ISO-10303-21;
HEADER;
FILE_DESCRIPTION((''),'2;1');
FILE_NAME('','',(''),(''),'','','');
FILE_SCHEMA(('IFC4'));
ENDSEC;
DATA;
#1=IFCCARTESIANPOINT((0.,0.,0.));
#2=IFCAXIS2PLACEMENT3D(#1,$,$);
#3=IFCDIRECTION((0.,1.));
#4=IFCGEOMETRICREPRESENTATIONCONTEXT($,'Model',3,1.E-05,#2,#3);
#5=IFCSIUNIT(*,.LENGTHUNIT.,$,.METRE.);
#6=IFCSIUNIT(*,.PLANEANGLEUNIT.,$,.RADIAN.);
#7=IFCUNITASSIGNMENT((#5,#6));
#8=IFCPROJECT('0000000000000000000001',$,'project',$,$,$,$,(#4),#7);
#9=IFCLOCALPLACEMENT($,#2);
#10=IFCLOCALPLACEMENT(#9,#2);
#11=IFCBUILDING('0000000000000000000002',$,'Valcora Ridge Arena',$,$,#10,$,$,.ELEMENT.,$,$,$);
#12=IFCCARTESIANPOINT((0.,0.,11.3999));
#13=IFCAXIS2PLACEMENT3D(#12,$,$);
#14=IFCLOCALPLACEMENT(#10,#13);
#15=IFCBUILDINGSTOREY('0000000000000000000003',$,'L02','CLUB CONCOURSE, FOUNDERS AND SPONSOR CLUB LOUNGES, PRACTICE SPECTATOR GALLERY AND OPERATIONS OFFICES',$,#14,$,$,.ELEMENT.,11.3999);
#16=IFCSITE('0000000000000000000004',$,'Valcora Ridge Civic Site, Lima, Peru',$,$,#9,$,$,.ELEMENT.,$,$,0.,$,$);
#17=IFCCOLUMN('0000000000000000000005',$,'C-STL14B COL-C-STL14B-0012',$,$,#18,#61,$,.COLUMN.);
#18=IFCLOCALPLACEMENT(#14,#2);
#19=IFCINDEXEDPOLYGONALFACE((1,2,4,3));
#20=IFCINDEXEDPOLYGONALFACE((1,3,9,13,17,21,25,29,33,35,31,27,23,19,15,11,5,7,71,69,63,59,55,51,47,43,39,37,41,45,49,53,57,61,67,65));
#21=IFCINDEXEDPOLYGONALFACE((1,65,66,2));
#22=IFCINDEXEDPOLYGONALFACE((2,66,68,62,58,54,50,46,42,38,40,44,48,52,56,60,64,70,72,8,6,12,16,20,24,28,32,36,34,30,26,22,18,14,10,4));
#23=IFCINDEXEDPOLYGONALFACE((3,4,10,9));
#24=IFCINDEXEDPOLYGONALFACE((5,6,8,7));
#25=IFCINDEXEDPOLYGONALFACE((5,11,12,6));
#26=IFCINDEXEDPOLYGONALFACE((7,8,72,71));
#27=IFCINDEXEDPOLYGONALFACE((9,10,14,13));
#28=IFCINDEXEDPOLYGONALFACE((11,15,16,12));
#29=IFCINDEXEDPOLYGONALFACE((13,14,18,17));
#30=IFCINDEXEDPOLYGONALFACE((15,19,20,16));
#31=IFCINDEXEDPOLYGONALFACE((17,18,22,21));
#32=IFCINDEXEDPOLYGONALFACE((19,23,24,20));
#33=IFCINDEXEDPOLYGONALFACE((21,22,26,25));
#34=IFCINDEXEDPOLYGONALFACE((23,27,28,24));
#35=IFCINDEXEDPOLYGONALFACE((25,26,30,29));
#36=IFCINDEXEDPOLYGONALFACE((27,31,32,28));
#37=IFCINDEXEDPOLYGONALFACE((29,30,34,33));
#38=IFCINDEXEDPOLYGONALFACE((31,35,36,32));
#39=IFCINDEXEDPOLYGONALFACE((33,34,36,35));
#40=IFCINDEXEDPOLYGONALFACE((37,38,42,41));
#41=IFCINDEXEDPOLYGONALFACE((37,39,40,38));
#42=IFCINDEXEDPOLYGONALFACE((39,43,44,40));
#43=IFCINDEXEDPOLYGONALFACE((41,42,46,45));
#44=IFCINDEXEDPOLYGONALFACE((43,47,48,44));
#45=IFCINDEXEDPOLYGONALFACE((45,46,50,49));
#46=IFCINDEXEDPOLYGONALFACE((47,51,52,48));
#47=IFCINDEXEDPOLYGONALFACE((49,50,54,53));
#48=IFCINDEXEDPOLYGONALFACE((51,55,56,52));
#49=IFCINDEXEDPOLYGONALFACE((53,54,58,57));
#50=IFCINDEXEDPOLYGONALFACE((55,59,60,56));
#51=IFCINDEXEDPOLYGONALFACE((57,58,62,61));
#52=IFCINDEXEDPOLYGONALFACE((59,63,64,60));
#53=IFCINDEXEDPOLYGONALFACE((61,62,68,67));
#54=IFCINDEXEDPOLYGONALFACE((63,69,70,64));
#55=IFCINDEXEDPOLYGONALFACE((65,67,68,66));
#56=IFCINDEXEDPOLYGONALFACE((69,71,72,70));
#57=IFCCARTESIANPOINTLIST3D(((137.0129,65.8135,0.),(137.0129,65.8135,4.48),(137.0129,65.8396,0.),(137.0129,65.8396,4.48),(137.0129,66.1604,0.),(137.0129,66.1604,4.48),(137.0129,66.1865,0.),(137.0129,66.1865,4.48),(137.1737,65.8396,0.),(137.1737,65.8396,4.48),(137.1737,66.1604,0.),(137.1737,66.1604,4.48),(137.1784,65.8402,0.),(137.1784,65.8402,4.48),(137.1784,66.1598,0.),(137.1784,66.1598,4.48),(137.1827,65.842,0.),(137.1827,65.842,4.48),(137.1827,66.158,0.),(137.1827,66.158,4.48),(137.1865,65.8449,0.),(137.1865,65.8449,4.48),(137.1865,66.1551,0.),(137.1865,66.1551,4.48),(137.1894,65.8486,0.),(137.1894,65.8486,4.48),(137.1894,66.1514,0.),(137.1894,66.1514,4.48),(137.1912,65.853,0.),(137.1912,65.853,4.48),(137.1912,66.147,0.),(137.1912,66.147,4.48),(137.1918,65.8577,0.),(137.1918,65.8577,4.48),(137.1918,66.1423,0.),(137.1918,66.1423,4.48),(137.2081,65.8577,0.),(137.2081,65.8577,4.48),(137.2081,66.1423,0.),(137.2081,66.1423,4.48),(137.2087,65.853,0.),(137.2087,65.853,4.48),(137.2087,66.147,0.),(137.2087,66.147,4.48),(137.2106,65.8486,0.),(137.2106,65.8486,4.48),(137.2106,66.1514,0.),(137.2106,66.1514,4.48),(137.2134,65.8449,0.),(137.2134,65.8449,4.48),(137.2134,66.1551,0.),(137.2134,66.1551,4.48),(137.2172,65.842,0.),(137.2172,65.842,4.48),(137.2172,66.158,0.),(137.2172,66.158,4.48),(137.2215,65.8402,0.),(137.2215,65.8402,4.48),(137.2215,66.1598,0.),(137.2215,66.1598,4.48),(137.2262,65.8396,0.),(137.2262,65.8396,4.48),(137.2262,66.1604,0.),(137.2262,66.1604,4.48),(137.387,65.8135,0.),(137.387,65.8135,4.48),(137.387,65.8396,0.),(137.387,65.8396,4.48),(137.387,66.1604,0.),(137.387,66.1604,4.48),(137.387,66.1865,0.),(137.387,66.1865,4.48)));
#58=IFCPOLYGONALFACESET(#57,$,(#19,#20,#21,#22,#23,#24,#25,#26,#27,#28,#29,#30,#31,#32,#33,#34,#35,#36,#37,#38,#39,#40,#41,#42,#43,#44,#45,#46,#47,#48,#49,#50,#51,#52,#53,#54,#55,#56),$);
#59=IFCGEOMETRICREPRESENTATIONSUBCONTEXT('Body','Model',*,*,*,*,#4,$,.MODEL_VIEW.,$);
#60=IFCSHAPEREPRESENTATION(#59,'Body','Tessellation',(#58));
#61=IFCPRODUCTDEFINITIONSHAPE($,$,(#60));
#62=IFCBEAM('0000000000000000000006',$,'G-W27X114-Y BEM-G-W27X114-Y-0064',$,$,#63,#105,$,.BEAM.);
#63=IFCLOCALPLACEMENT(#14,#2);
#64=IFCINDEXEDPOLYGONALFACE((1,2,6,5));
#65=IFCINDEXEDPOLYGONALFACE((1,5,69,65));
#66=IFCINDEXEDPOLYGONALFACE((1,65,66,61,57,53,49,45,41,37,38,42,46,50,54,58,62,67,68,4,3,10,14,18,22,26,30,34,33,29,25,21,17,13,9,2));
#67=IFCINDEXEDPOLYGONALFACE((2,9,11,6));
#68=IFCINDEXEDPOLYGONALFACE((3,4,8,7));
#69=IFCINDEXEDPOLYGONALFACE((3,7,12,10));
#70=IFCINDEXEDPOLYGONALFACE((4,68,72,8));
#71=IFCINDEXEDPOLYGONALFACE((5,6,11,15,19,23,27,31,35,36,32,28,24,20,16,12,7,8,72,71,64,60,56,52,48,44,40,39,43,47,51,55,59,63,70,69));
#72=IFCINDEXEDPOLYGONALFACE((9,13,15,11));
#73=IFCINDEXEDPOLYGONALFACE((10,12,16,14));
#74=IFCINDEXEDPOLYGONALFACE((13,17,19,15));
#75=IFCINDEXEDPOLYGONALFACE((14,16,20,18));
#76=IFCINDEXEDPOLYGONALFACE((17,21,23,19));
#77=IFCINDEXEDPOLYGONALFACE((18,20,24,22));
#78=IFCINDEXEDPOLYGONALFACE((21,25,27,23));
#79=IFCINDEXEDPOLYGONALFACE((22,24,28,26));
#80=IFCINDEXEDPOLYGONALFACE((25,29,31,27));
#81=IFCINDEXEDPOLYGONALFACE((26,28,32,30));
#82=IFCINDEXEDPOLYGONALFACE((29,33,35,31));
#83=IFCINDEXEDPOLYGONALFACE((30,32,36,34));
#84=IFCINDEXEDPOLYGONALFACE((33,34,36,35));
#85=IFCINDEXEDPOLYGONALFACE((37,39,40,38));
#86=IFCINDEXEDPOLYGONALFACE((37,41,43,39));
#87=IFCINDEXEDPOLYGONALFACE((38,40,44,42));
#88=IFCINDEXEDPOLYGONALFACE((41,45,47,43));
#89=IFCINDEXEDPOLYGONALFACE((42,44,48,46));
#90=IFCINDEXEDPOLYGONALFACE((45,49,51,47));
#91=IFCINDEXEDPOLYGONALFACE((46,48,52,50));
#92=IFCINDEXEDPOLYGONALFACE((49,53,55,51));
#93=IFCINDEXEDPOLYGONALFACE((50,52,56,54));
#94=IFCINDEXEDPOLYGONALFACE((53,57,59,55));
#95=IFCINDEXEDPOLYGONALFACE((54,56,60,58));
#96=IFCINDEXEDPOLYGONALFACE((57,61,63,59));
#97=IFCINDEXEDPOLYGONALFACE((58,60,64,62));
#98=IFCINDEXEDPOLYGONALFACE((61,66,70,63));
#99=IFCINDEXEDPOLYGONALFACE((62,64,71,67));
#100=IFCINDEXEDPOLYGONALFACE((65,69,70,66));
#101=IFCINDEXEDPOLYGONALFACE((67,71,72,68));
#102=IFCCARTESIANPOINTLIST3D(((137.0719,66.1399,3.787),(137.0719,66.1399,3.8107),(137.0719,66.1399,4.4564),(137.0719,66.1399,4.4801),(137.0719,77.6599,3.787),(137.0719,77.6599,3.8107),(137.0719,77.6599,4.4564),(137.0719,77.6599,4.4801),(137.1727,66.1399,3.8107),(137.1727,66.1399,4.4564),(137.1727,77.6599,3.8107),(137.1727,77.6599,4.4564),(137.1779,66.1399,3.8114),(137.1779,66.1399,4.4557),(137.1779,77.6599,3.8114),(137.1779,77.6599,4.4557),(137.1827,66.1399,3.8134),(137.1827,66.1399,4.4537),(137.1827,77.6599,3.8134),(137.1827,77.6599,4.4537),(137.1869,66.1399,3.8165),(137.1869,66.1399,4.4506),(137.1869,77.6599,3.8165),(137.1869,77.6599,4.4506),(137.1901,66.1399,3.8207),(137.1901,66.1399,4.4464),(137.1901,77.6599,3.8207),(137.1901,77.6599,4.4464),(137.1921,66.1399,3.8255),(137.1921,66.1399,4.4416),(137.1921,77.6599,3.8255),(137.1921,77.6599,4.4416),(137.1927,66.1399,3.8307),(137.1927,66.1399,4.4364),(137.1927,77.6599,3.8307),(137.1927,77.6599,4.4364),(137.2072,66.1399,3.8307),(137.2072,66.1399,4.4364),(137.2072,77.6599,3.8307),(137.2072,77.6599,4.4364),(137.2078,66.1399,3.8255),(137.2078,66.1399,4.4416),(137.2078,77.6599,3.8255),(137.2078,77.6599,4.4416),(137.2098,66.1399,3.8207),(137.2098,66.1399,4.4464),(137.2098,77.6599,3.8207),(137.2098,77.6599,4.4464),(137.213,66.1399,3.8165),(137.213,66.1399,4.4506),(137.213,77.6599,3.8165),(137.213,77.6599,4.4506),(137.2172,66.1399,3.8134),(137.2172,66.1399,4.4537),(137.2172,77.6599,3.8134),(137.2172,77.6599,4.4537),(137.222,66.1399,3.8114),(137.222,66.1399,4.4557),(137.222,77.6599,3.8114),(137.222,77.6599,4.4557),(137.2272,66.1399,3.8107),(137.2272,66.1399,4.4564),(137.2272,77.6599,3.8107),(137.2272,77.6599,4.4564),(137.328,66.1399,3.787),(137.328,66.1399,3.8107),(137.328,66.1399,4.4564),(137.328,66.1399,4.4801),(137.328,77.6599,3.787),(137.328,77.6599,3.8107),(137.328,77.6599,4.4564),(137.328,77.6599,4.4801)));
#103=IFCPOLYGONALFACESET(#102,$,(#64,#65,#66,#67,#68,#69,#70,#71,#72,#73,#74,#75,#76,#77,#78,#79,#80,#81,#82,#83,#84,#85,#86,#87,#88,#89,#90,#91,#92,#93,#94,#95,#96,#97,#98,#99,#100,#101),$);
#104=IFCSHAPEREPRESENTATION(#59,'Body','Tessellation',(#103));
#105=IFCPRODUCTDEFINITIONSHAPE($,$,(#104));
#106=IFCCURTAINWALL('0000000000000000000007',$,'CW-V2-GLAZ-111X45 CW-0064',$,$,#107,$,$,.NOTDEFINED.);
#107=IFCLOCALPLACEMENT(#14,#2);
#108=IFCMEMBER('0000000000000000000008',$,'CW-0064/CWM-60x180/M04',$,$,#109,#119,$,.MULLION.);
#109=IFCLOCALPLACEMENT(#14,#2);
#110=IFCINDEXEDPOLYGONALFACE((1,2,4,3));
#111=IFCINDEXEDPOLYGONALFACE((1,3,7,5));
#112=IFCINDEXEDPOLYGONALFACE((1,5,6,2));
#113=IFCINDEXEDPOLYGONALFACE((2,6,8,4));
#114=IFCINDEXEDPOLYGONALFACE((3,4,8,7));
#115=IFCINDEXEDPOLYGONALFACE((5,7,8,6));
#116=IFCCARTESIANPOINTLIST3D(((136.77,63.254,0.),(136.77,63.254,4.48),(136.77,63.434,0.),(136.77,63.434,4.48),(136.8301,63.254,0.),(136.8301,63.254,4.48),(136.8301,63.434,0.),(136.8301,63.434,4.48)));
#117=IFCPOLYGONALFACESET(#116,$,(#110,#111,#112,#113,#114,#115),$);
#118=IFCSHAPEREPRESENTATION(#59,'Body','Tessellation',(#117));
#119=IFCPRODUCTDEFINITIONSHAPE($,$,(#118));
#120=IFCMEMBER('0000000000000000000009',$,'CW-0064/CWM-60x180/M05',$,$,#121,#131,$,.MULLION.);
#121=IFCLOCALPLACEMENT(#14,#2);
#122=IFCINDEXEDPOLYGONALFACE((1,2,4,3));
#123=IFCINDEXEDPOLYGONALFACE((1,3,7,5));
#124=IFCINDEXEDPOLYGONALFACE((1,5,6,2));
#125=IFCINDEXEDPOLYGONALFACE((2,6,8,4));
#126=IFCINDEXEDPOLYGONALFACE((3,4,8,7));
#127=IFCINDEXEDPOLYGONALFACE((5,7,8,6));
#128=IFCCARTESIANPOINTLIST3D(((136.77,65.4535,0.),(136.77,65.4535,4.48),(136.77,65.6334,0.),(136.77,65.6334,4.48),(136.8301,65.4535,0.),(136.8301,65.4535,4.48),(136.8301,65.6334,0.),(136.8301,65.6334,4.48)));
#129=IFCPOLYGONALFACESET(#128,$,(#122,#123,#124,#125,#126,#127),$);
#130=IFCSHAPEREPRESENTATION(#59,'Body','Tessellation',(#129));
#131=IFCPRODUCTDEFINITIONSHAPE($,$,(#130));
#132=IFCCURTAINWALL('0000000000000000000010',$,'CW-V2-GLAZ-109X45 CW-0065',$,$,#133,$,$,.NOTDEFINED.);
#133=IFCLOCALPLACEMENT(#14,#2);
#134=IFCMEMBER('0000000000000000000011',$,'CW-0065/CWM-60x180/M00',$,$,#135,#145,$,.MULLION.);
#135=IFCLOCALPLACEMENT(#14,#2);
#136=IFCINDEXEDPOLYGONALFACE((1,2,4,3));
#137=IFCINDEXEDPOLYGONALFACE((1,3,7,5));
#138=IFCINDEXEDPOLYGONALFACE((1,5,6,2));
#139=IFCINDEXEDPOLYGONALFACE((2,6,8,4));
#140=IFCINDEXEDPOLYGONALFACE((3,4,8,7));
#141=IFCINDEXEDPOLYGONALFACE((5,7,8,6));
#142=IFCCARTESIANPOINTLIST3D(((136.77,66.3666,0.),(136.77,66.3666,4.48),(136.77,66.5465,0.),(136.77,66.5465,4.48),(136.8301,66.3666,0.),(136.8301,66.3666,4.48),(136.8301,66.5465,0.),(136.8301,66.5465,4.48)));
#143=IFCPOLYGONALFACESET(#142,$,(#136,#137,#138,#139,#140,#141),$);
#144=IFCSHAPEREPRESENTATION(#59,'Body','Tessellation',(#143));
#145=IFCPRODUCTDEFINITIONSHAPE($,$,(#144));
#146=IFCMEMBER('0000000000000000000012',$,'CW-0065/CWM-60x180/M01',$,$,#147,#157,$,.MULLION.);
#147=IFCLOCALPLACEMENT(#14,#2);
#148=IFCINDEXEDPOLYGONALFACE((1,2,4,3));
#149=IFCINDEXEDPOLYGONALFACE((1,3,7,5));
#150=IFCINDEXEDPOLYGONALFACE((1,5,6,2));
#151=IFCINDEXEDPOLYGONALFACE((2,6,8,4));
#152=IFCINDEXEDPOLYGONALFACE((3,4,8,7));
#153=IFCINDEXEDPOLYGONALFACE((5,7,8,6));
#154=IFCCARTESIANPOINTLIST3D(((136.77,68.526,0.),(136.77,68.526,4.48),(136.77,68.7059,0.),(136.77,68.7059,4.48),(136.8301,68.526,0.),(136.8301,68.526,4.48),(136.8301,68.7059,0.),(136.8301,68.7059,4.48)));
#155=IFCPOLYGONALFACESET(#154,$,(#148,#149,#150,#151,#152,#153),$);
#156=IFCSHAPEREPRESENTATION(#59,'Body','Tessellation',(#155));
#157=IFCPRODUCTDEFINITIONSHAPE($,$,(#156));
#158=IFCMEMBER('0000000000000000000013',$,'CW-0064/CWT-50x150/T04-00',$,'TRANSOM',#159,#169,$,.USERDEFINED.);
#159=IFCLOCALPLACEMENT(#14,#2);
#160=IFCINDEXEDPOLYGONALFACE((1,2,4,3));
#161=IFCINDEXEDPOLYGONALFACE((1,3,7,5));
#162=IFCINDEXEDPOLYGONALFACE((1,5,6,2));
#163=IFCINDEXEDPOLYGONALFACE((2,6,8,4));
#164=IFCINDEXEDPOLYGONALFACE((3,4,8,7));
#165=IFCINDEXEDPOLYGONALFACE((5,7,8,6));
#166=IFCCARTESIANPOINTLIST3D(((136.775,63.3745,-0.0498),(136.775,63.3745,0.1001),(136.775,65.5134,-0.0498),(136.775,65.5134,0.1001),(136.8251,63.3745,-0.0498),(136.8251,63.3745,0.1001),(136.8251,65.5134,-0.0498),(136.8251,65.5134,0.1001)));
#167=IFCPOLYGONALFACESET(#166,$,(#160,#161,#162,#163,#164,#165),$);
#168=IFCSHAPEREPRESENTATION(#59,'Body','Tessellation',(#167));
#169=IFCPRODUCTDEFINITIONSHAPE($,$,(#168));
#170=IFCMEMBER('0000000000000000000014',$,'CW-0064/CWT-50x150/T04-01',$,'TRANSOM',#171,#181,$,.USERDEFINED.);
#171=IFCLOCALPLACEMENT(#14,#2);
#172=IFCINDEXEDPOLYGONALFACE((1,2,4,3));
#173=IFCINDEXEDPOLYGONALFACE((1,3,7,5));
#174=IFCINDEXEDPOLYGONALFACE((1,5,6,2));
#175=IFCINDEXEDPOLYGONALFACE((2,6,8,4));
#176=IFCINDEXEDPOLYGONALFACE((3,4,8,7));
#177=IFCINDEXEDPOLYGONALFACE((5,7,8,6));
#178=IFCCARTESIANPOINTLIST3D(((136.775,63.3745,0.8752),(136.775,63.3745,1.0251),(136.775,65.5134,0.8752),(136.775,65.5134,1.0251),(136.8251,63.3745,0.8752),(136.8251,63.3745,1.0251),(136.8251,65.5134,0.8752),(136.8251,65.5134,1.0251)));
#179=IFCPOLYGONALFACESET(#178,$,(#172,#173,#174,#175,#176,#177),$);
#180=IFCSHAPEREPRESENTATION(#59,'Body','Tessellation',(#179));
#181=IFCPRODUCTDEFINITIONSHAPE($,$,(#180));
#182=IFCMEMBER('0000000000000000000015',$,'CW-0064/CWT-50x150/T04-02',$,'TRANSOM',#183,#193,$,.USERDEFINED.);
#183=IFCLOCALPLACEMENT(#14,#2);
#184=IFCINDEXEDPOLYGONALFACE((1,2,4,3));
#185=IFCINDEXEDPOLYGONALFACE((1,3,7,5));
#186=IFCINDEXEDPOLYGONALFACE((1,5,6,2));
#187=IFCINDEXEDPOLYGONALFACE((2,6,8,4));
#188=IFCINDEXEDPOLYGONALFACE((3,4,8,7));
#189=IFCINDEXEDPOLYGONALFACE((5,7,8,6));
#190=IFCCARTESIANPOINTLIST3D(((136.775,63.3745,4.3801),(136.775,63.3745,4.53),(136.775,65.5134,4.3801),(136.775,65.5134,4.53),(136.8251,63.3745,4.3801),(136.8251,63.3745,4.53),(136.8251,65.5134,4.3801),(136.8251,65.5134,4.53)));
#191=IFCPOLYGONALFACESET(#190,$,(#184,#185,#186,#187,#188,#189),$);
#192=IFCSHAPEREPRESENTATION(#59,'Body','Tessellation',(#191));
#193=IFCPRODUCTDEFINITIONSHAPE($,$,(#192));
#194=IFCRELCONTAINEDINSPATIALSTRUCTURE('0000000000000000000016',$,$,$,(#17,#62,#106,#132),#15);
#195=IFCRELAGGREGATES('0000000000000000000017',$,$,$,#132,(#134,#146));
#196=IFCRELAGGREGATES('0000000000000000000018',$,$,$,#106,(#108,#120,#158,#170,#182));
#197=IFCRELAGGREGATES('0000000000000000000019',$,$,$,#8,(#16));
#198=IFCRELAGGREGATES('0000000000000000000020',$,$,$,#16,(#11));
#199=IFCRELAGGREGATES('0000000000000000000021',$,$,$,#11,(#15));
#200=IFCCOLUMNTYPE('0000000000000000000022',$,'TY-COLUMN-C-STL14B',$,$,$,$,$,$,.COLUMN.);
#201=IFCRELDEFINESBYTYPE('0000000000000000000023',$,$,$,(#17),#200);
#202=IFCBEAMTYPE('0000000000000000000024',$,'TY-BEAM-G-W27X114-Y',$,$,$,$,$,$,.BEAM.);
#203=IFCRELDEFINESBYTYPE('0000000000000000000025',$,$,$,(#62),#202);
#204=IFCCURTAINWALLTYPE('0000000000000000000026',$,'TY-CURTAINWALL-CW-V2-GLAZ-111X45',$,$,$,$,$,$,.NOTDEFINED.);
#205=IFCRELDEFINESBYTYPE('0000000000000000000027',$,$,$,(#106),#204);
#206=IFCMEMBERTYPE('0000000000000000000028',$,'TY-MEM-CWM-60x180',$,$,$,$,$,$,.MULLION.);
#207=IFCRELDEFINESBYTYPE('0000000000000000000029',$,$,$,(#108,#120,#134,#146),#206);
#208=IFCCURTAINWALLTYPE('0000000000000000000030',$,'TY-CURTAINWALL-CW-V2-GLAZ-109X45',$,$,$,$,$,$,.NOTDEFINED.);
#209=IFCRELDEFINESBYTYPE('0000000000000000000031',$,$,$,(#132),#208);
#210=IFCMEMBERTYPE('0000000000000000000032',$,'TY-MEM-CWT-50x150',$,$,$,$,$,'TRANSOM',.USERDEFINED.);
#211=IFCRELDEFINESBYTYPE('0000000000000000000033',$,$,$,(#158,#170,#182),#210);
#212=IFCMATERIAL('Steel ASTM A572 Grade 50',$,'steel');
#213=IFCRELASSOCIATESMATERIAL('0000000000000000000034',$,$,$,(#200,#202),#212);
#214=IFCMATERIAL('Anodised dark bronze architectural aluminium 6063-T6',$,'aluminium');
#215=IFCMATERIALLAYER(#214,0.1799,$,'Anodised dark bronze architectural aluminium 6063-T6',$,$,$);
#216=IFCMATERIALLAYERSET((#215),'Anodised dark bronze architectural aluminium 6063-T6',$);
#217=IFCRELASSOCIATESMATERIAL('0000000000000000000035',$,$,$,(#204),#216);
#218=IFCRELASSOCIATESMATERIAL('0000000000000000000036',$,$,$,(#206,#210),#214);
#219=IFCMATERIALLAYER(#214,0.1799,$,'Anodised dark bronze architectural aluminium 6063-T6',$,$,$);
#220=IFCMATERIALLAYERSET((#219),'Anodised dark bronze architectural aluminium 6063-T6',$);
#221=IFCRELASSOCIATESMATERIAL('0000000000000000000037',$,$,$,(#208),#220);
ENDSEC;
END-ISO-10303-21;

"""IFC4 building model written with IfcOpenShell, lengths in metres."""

from ifc_helpers import new_model, si_unit, direction, frame, origin, origin_2d, place, context, subcontext, project, spatial, rectangle, i_section, extrude, material, layer, layer_set, material_profile, profile_set, type_object, element, aggregate, save


model = new_model("IFC4")

# Units and contexts
model_context = context("Model", 3, precision=1e-05, world=origin(), true_north=direction((0.0, 1.0)))
body_context = subcontext(model_context, "Body", "Model", "MODEL_VIEW")
ifc_project = project(units=[si_unit("LENGTHUNIT", "METRE"), si_unit("PLANEANGLEUNIT", "RADIAN")], contexts=[model_context])

# Site, building, storey
site_placement = place(None, origin())
site = spatial("IfcSite", under=ifc_project, at=site_placement, Name="Valcora Ridge Civic Site, Lima, Peru", CompositionType="ELEMENT", RefElevation=0.0)
building_placement = place(site_placement, origin())
building = spatial("IfcBuilding", under=site, at=building_placement, Name="Valcora Ridge Arena", CompositionType="ELEMENT")
storey_placement = place(building_placement, frame((0.0, 0.0, 11.3999)))
storey = spatial("IfcBuildingStorey", under=building, at=storey_placement, Name="L02", Description="CLUB CONCOURSE, FOUNDERS AND SPONSOR CLUB LOUNGES, PRACTICE SPECTATOR GALLERY AND OPERATIONS OFFICES", CompositionType="ELEMENT", Elevation=11.3999)

# Column
ifc_material_1 = material(Name="Steel ASTM A572 Grade 50", Category="steel")
ifc_material_profile_1 = material_profile(ifc_material_1, i_section(OverallWidth=0.374, OverallDepth=0.373, WebThickness=0.0164, FlangeThickness=0.0261, FilletRadius=0.0181, at=origin_2d()), Name="W14X132")
ifc_profile_set_1 = profile_set([ifc_material_profile_1], Name="Steel ASTM A572 Grade 50")
column_type = type_object("IfcColumnType", Name="TY-COLUMN-C-STL14B", PredefinedType="COLUMN", material=ifc_profile_set_1)
column_placement = place(storey_placement, frame((137.2, 66.0, 0.0), z_axis=(0.0, 0.0, 1.0), x_axis=(1.0, 0.0, 0.0)))
element("IfcColumn", 1, at=column_placement, inside=storey, type_object=column_type, Name="C-STL14B COL-C-STL14B-0012", PredefinedType="COLUMN", context=body_context, shape_type="SweptSolid", body=[
    extrude(i_section(OverallWidth=0.374, OverallDepth=0.373, WebThickness=0.0164, FlangeThickness=0.0261, FilletRadius=0.0181, at=origin_2d()), origin(), (0.0, 0.0, 1.0), 4.48),
])

# Beam
ifc_material_profile_2 = material_profile(ifc_material_1, i_section(OverallWidth=0.2561, OverallDepth=0.6931, WebThickness=0.0144, FlangeThickness=0.0237, FilletRadius=0.02, at=origin_2d()), Name="W27X114")
ifc_profile_set_2 = profile_set([ifc_material_profile_2], Name="Steel ASTM A572 Grade 50")
beam_type = type_object("IfcBeamType", Name="TY-BEAM-G-W27X114-Y", PredefinedType="BEAM", material=ifc_profile_set_2)
beam_placement = place(storey_placement, frame((137.2, 66.1399, 4.1335), z_axis=(0.0, 1.0, 0.0), x_axis=(-1.0, 0.0, 0.0)))
element("IfcBeam", 2, at=beam_placement, inside=storey, type_object=beam_type, Name="G-W27X114-Y BEM-G-W27X114-Y-0064", PredefinedType="BEAM", context=body_context, shape_type="SweptSolid", body=[
    extrude(i_section(OverallWidth=0.2561, OverallDepth=0.6931, WebThickness=0.0144, FlangeThickness=0.0237, FilletRadius=0.02, at=origin_2d()), origin(), (0.0, 0.0, 1.0), 11.52),
])

# Curtain walls, members
ifc_material_2 = material(Name="Anodised dark bronze architectural aluminium 6063-T6", Category="aluminium")
ifc_layer_1 = layer(ifc_material_2, 0.1799, Name="Anodised dark bronze architectural aluminium 6063-T6")
ifc_layer_set_1 = layer_set([ifc_layer_1], Name="Anodised dark bronze architectural aluminium 6063-T6")
curtain_wall_type_1 = type_object("IfcCurtainWallType", Name="TY-CURTAINWALL-CW-V2-GLAZ-111X45", PredefinedType="NOTDEFINED", material=ifc_layer_set_1)
curtain_wall_1_placement = place(storey_placement, origin())
curtain_wall_1 = element("IfcCurtainWall", 3, at=curtain_wall_1_placement, inside=storey, type_object=curtain_wall_type_1, Name="CW-V2-GLAZ-111X45 CW-0064", PredefinedType="NOTDEFINED")
ifc_material_profile_3 = material_profile(ifc_material_2, rectangle(XDim=0.0601, YDim=0.1799, at=origin_2d()), Name="ALU MULLION 60x180")
ifc_profile_set_3 = profile_set([ifc_material_profile_3], Name="Anodised dark bronze architectural aluminium 6063-T6")
member_type_1 = type_object("IfcMemberType", Name="TY-MEM-CWM-60x180", PredefinedType="MULLION", material=ifc_profile_set_3)
member_1_placement = place(storey_placement, frame((136.8, 63.344, 0.0), z_axis=(0.0, 0.0, 1.0), x_axis=(-1.0, 0.0, 0.0)))
member_1 = element("IfcMember", 4, at=member_1_placement, type_object=member_type_1, Name="CW-0064/CWM-60x180/M04", PredefinedType="MULLION", context=body_context, shape_type="SweptSolid", body=[
    extrude(rectangle(XDim=0.0601, YDim=0.1799, at=origin_2d()), origin(), (0.0, 0.0, 1.0), 4.48),
])
member_2_placement = place(storey_placement, frame((136.8, 65.5435, 0.0), z_axis=(0.0, 0.0, 1.0), x_axis=(-1.0, 0.0, 0.0)))
member_2 = element("IfcMember", 5, at=member_2_placement, type_object=member_type_1, Name="CW-0064/CWM-60x180/M05", PredefinedType="MULLION", context=body_context, shape_type="SweptSolid", body=[
    extrude(rectangle(XDim=0.0601, YDim=0.1799, at=origin_2d()), origin(), (0.0, 0.0, 1.0), 4.48),
])
ifc_layer_2 = layer(ifc_material_2, 0.1799, Name="Anodised dark bronze architectural aluminium 6063-T6")
ifc_layer_set_2 = layer_set([ifc_layer_2], Name="Anodised dark bronze architectural aluminium 6063-T6")
curtain_wall_type_2 = type_object("IfcCurtainWallType", Name="TY-CURTAINWALL-CW-V2-GLAZ-109X45", PredefinedType="NOTDEFINED", material=ifc_layer_set_2)
curtain_wall_2_placement = place(storey_placement, origin())
curtain_wall_2 = element("IfcCurtainWall", 6, at=curtain_wall_2_placement, inside=storey, type_object=curtain_wall_type_2, Name="CW-V2-GLAZ-109X45 CW-0065", PredefinedType="NOTDEFINED")
member_3_placement = place(storey_placement, frame((136.8, 66.4565, 0.0), z_axis=(0.0, 0.0, 1.0), x_axis=(-1.0, 0.0, 0.0)))
member_3 = element("IfcMember", 7, at=member_3_placement, type_object=member_type_1, Name="CW-0065/CWM-60x180/M00", PredefinedType="MULLION", context=body_context, shape_type="SweptSolid", body=[
    extrude(rectangle(XDim=0.0601, YDim=0.1799, at=origin_2d()), origin(), (0.0, 0.0, 1.0), 4.48),
])
member_4_placement = place(storey_placement, frame((136.8, 68.616, 0.0), z_axis=(0.0, 0.0, 1.0), x_axis=(-1.0, 0.0, 0.0)))
member_4 = element("IfcMember", 8, at=member_4_placement, type_object=member_type_1, Name="CW-0065/CWM-60x180/M01", PredefinedType="MULLION", context=body_context, shape_type="SweptSolid", body=[
    extrude(rectangle(XDim=0.0601, YDim=0.1799, at=origin_2d()), origin(), (0.0, 0.0, 1.0), 4.48),
])

# Members
ifc_material_profile_4 = material_profile(ifc_material_2, rectangle(XDim=0.05, YDim=0.1499, at=origin_2d()), Name="ALU TRANSOM 50x150")
ifc_profile_set_4 = profile_set([ifc_material_profile_4], Name="Anodised dark bronze architectural aluminium 6063-T6")
member_type_2 = type_object("IfcMemberType", Name="TY-MEM-CWT-50x150", ElementType="TRANSOM", PredefinedType="USERDEFINED", material=ifc_profile_set_4)
member_5_placement = place(storey_placement, frame((136.8, 63.3745, 0.0251), z_axis=(0.0, 1.0, 0.0), x_axis=(-1.0, 0.0, 0.0)))
member_5 = element("IfcMember", 9, at=member_5_placement, type_object=member_type_2, Name="CW-0064/CWT-50x150/T04-00", ObjectType="TRANSOM", PredefinedType="USERDEFINED", context=body_context, shape_type="SweptSolid", body=[
    extrude(rectangle(XDim=0.05, YDim=0.1499, at=origin_2d()), origin(), (0.0, 0.0, 1.0), 2.1389),
])
member_6_placement = place(storey_placement, frame((136.8, 63.3745, 0.9502), z_axis=(0.0, 1.0, 0.0), x_axis=(-1.0, 0.0, 0.0)))
member_6 = element("IfcMember", 10, at=member_6_placement, type_object=member_type_2, Name="CW-0064/CWT-50x150/T04-01", ObjectType="TRANSOM", PredefinedType="USERDEFINED", context=body_context, shape_type="SweptSolid", body=[
    extrude(rectangle(XDim=0.05, YDim=0.1499, at=origin_2d()), origin(), (0.0, 0.0, 1.0), 2.1389),
])
member_7_placement = place(storey_placement, frame((136.8, 63.3745, 4.4551), z_axis=(0.0, 1.0, 0.0), x_axis=(-1.0, 0.0, 0.0)))
member_7 = element("IfcMember", 11, at=member_7_placement, type_object=member_type_2, Name="CW-0064/CWT-50x150/T04-02", ObjectType="TRANSOM", PredefinedType="USERDEFINED", context=body_context, shape_type="SweptSolid", body=[
    extrude(rectangle(XDim=0.05, YDim=0.1499, at=origin_2d()), origin(), (0.0, 0.0, 1.0), 2.1389),
])

aggregate(curtain_wall_2, [member_3, member_4])
aggregate(curtain_wall_1, [member_1, member_2, member_5, member_6, member_7])

save(model, "model.ifc")
